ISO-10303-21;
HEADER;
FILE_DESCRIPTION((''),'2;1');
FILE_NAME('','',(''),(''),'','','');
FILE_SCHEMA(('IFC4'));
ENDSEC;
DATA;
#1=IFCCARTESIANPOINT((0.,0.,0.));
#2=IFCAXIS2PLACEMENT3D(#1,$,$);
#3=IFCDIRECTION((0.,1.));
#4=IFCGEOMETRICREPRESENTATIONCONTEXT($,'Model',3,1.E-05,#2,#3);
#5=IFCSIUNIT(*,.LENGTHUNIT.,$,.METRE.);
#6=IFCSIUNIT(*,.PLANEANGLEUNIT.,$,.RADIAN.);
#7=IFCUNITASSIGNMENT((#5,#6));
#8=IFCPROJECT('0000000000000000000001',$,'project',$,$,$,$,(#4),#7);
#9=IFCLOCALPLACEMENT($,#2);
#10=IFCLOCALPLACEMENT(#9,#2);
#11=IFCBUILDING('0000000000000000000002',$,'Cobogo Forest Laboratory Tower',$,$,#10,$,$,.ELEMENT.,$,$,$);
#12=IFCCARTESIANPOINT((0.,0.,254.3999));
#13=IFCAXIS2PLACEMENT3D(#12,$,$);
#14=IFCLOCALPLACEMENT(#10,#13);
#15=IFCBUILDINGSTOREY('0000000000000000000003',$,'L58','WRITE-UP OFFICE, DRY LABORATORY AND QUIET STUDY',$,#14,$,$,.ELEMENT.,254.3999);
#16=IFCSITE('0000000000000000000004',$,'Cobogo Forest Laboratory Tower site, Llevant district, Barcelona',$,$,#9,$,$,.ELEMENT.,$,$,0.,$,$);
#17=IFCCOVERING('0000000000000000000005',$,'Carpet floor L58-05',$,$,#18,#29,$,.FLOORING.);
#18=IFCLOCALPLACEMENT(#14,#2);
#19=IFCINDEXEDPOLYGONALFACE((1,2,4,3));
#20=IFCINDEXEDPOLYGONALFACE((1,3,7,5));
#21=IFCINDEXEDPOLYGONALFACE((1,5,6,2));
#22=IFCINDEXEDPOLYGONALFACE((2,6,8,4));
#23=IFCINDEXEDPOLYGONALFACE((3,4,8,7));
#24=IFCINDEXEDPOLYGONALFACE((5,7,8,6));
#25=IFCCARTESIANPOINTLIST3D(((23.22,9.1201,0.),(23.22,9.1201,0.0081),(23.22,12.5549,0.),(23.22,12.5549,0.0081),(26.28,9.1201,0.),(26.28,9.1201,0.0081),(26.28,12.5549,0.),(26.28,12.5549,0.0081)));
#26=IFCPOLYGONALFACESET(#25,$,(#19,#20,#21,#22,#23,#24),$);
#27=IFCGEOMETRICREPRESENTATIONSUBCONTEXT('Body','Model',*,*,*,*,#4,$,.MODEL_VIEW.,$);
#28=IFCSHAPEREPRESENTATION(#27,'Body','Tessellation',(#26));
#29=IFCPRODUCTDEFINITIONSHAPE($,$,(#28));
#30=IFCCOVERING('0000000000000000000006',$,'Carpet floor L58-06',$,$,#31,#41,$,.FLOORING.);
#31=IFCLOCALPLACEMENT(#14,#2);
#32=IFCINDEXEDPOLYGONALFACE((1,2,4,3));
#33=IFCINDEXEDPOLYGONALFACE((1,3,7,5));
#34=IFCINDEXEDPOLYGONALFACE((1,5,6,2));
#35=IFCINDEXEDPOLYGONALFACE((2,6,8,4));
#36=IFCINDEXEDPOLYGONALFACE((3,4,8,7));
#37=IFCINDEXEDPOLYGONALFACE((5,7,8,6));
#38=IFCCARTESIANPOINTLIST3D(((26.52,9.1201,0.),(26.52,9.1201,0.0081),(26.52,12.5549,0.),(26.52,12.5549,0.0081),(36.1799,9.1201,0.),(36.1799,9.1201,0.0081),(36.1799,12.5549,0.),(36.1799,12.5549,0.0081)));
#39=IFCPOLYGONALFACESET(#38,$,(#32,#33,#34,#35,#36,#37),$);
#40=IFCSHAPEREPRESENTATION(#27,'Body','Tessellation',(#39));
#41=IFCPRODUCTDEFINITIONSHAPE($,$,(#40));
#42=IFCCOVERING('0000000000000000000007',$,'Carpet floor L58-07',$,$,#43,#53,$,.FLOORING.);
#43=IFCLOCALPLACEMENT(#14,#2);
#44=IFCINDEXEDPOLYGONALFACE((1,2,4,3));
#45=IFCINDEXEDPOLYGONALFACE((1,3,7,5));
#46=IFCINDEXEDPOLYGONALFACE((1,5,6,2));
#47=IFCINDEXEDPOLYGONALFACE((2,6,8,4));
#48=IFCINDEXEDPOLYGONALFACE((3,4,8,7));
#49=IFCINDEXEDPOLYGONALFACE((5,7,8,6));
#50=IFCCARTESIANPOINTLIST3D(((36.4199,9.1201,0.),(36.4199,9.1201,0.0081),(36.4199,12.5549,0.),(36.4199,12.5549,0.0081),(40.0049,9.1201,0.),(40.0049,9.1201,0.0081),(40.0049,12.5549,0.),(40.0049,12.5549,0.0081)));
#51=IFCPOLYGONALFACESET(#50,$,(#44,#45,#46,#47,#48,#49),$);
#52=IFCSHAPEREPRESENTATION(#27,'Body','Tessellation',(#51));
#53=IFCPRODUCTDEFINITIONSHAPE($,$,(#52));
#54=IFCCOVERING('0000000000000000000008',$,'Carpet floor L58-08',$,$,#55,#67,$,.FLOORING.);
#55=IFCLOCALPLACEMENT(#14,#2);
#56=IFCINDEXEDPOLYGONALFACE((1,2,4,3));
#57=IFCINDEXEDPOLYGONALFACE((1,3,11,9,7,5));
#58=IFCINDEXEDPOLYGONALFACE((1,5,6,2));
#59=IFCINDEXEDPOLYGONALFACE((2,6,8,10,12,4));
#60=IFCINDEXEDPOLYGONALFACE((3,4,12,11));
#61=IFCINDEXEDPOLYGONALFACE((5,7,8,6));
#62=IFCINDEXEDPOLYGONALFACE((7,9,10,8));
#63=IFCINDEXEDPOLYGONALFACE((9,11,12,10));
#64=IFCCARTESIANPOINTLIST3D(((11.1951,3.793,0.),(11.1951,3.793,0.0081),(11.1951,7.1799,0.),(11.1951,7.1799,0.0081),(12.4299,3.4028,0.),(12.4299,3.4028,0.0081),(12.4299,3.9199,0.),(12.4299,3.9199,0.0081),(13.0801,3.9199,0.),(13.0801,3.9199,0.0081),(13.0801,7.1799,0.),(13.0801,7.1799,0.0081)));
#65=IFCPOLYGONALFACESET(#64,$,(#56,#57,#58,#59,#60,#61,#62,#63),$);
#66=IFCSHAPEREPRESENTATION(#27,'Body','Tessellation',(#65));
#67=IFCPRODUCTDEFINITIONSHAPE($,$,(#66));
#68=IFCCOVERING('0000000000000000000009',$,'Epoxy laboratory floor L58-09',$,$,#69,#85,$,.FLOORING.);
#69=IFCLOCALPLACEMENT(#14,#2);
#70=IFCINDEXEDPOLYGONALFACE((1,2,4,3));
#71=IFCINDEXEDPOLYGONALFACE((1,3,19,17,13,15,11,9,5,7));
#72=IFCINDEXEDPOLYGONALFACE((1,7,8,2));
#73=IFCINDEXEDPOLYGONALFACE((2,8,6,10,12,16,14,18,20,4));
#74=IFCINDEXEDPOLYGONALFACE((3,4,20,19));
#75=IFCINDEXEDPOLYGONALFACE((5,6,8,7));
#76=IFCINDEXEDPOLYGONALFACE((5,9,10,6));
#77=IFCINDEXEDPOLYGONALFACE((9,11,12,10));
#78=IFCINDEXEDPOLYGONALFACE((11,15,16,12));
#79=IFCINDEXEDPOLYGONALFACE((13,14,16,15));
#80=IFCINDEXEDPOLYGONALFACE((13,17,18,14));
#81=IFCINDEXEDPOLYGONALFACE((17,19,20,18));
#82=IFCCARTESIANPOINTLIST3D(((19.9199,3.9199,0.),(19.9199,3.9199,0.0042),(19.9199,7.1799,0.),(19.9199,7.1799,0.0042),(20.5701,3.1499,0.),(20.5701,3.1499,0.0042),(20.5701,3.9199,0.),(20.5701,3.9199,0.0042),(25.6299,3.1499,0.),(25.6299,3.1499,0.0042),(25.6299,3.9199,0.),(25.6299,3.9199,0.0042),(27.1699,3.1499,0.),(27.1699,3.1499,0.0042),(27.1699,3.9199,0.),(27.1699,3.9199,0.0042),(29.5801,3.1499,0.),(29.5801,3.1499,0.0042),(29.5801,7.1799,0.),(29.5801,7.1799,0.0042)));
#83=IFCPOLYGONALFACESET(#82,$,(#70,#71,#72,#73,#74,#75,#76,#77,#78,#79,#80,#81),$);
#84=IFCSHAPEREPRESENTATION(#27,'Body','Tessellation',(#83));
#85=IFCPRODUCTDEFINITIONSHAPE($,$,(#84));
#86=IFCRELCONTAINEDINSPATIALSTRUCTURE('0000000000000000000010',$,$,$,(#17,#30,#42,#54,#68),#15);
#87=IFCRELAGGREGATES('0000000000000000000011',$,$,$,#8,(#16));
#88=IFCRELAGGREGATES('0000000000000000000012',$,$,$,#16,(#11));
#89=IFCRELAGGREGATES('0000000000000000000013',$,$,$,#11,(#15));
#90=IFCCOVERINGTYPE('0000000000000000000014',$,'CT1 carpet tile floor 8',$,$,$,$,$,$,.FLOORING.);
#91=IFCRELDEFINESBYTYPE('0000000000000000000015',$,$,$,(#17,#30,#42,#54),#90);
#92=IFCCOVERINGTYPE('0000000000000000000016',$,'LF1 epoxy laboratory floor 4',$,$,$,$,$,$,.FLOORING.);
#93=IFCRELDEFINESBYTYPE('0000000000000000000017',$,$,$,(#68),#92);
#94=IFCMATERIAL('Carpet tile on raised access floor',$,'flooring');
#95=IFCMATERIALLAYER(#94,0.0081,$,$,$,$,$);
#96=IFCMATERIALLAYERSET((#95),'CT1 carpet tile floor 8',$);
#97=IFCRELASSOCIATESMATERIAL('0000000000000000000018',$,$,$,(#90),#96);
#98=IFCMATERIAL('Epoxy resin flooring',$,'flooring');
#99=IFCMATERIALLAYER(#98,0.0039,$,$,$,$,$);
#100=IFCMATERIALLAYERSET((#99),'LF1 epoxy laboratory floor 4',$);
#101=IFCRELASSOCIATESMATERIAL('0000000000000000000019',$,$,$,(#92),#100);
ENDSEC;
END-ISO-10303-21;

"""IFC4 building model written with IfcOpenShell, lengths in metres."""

from ifc_helpers import new_model, si_unit, direction, frame, origin, place, context, subcontext, project, spatial, polyline, outline, extrude, material, layer, layer_set, type_object, element, save


model = new_model("IFC4")

# Units and contexts
model_context = context("Model", 3, precision=1e-05, world=origin(), true_north=direction((0.0, 1.0)))
body_context = subcontext(model_context, "Body", "Model", "MODEL_VIEW")
ifc_project = project(units=[si_unit("LENGTHUNIT", "METRE"), si_unit("PLANEANGLEUNIT", "RADIAN")], contexts=[model_context])

# Site, building, storey
site_placement = place(None, origin())
site = spatial("IfcSite", under=ifc_project, at=site_placement, Name="Cobogo Forest Laboratory Tower site, Llevant district, Barcelona", CompositionType="ELEMENT", RefElevation=0.0)
building_placement = place(site_placement, origin())
building = spatial("IfcBuilding", under=site, at=building_placement, Name="Cobogo Forest Laboratory Tower", CompositionType="ELEMENT")
storey_placement = place(building_placement, frame((0.0, 0.0, 254.3999)))
storey = spatial("IfcBuildingStorey", under=building, at=storey_placement, Name="L58", Description="WRITE-UP OFFICE, DRY LABORATORY AND QUIET STUDY", CompositionType="ELEMENT", Elevation=254.3999)

# Coverings
ifc_material_1 = material(Name="Carpet tile on raised access floor", Category="flooring")
ifc_layer_1 = layer(ifc_material_1, 0.0081)
ifc_layer_set_1 = layer_set([ifc_layer_1], Name="CT1 carpet tile floor 8")
covering_type_1 = type_object("IfcCoveringType", Name="CT1 carpet tile floor 8", PredefinedType="FLOORING", material=ifc_layer_set_1)
covering_1_placement = place(storey_placement, origin())
element("IfcCovering", 1, at=covering_1_placement, inside=storey, type_object=covering_type_1, Name="Carpet floor L58-05", PredefinedType="FLOORING", context=body_context, shape_type="SweptSolid", body=[
    extrude(outline(polyline([(26.28, 9.1201), (23.22, 9.1201), (23.22, 12.5549), (26.28, 12.5549), (26.28, 9.1201)])), origin(), (0.0, 0.0, 1.0), 0.0081),
])
covering_2_placement = place(storey_placement, origin())
element("IfcCovering", 2, at=covering_2_placement, inside=storey, type_object=covering_type_1, Name="Carpet floor L58-06", PredefinedType="FLOORING", context=body_context, shape_type="SweptSolid", body=[
    extrude(outline(polyline([(36.1799, 9.1201), (26.52, 9.1201), (26.52, 12.5549), (36.1799, 12.5549), (36.1799, 9.1201)])), origin(), (0.0, 0.0, 1.0), 0.0081),
])
covering_3_placement = place(storey_placement, origin())
element("IfcCovering", 3, at=covering_3_placement, inside=storey, type_object=covering_type_1, Name="Carpet floor L58-07", PredefinedType="FLOORING", context=body_context, shape_type="SweptSolid", body=[
    extrude(outline(polyline([(40.0049, 9.1201), (36.4199, 9.1201), (36.4199, 12.5549), (40.0049, 12.5549), (40.0049, 9.1201)])), origin(), (0.0, 0.0, 1.0), 0.0081),
])
covering_4_placement = place(storey_placement, origin())
element("IfcCovering", 4, at=covering_4_placement, inside=storey, type_object=covering_type_1, Name="Carpet floor L58-08", PredefinedType="FLOORING", context=body_context, shape_type="SweptSolid", body=[
    extrude(outline(polyline([(13.0801, 7.1799), (13.0801, 3.9199), (12.4299, 3.9199), (12.4299, 3.4028), (11.1951, 3.793), (11.1951, 7.1799), (13.0801, 7.1799)])), origin(), (0.0, 0.0, 1.0), 0.0081),
])
ifc_material_2 = material(Name="Epoxy resin flooring", Category="flooring")
ifc_layer_2 = layer(ifc_material_2, 0.0039)
ifc_layer_set_2 = layer_set([ifc_layer_2], Name="LF1 epoxy laboratory floor 4")
covering_type_2 = type_object("IfcCoveringType", Name="LF1 epoxy laboratory floor 4", PredefinedType="FLOORING", material=ifc_layer_set_2)
covering_5_placement = place(storey_placement, origin())
element("IfcCovering", 5, at=covering_5_placement, inside=storey, type_object=covering_type_2, Name="Epoxy laboratory floor L58-09", PredefinedType="FLOORING", context=body_context, shape_type="SweptSolid", body=[
    extrude(outline(polyline([(29.5801, 7.1799), (29.5801, 3.1499), (27.1699, 3.1499), (27.1699, 3.9199), (25.6299, 3.9199), (25.6299, 3.1499), (20.5701, 3.1499), (20.5701, 3.9199), (19.9199, 3.9199), (19.9199, 7.1799), (29.5801, 7.1799)])), origin(), (0.0, 0.0, 1.0), 0.0042),
])

save(model, "model.ifc")
